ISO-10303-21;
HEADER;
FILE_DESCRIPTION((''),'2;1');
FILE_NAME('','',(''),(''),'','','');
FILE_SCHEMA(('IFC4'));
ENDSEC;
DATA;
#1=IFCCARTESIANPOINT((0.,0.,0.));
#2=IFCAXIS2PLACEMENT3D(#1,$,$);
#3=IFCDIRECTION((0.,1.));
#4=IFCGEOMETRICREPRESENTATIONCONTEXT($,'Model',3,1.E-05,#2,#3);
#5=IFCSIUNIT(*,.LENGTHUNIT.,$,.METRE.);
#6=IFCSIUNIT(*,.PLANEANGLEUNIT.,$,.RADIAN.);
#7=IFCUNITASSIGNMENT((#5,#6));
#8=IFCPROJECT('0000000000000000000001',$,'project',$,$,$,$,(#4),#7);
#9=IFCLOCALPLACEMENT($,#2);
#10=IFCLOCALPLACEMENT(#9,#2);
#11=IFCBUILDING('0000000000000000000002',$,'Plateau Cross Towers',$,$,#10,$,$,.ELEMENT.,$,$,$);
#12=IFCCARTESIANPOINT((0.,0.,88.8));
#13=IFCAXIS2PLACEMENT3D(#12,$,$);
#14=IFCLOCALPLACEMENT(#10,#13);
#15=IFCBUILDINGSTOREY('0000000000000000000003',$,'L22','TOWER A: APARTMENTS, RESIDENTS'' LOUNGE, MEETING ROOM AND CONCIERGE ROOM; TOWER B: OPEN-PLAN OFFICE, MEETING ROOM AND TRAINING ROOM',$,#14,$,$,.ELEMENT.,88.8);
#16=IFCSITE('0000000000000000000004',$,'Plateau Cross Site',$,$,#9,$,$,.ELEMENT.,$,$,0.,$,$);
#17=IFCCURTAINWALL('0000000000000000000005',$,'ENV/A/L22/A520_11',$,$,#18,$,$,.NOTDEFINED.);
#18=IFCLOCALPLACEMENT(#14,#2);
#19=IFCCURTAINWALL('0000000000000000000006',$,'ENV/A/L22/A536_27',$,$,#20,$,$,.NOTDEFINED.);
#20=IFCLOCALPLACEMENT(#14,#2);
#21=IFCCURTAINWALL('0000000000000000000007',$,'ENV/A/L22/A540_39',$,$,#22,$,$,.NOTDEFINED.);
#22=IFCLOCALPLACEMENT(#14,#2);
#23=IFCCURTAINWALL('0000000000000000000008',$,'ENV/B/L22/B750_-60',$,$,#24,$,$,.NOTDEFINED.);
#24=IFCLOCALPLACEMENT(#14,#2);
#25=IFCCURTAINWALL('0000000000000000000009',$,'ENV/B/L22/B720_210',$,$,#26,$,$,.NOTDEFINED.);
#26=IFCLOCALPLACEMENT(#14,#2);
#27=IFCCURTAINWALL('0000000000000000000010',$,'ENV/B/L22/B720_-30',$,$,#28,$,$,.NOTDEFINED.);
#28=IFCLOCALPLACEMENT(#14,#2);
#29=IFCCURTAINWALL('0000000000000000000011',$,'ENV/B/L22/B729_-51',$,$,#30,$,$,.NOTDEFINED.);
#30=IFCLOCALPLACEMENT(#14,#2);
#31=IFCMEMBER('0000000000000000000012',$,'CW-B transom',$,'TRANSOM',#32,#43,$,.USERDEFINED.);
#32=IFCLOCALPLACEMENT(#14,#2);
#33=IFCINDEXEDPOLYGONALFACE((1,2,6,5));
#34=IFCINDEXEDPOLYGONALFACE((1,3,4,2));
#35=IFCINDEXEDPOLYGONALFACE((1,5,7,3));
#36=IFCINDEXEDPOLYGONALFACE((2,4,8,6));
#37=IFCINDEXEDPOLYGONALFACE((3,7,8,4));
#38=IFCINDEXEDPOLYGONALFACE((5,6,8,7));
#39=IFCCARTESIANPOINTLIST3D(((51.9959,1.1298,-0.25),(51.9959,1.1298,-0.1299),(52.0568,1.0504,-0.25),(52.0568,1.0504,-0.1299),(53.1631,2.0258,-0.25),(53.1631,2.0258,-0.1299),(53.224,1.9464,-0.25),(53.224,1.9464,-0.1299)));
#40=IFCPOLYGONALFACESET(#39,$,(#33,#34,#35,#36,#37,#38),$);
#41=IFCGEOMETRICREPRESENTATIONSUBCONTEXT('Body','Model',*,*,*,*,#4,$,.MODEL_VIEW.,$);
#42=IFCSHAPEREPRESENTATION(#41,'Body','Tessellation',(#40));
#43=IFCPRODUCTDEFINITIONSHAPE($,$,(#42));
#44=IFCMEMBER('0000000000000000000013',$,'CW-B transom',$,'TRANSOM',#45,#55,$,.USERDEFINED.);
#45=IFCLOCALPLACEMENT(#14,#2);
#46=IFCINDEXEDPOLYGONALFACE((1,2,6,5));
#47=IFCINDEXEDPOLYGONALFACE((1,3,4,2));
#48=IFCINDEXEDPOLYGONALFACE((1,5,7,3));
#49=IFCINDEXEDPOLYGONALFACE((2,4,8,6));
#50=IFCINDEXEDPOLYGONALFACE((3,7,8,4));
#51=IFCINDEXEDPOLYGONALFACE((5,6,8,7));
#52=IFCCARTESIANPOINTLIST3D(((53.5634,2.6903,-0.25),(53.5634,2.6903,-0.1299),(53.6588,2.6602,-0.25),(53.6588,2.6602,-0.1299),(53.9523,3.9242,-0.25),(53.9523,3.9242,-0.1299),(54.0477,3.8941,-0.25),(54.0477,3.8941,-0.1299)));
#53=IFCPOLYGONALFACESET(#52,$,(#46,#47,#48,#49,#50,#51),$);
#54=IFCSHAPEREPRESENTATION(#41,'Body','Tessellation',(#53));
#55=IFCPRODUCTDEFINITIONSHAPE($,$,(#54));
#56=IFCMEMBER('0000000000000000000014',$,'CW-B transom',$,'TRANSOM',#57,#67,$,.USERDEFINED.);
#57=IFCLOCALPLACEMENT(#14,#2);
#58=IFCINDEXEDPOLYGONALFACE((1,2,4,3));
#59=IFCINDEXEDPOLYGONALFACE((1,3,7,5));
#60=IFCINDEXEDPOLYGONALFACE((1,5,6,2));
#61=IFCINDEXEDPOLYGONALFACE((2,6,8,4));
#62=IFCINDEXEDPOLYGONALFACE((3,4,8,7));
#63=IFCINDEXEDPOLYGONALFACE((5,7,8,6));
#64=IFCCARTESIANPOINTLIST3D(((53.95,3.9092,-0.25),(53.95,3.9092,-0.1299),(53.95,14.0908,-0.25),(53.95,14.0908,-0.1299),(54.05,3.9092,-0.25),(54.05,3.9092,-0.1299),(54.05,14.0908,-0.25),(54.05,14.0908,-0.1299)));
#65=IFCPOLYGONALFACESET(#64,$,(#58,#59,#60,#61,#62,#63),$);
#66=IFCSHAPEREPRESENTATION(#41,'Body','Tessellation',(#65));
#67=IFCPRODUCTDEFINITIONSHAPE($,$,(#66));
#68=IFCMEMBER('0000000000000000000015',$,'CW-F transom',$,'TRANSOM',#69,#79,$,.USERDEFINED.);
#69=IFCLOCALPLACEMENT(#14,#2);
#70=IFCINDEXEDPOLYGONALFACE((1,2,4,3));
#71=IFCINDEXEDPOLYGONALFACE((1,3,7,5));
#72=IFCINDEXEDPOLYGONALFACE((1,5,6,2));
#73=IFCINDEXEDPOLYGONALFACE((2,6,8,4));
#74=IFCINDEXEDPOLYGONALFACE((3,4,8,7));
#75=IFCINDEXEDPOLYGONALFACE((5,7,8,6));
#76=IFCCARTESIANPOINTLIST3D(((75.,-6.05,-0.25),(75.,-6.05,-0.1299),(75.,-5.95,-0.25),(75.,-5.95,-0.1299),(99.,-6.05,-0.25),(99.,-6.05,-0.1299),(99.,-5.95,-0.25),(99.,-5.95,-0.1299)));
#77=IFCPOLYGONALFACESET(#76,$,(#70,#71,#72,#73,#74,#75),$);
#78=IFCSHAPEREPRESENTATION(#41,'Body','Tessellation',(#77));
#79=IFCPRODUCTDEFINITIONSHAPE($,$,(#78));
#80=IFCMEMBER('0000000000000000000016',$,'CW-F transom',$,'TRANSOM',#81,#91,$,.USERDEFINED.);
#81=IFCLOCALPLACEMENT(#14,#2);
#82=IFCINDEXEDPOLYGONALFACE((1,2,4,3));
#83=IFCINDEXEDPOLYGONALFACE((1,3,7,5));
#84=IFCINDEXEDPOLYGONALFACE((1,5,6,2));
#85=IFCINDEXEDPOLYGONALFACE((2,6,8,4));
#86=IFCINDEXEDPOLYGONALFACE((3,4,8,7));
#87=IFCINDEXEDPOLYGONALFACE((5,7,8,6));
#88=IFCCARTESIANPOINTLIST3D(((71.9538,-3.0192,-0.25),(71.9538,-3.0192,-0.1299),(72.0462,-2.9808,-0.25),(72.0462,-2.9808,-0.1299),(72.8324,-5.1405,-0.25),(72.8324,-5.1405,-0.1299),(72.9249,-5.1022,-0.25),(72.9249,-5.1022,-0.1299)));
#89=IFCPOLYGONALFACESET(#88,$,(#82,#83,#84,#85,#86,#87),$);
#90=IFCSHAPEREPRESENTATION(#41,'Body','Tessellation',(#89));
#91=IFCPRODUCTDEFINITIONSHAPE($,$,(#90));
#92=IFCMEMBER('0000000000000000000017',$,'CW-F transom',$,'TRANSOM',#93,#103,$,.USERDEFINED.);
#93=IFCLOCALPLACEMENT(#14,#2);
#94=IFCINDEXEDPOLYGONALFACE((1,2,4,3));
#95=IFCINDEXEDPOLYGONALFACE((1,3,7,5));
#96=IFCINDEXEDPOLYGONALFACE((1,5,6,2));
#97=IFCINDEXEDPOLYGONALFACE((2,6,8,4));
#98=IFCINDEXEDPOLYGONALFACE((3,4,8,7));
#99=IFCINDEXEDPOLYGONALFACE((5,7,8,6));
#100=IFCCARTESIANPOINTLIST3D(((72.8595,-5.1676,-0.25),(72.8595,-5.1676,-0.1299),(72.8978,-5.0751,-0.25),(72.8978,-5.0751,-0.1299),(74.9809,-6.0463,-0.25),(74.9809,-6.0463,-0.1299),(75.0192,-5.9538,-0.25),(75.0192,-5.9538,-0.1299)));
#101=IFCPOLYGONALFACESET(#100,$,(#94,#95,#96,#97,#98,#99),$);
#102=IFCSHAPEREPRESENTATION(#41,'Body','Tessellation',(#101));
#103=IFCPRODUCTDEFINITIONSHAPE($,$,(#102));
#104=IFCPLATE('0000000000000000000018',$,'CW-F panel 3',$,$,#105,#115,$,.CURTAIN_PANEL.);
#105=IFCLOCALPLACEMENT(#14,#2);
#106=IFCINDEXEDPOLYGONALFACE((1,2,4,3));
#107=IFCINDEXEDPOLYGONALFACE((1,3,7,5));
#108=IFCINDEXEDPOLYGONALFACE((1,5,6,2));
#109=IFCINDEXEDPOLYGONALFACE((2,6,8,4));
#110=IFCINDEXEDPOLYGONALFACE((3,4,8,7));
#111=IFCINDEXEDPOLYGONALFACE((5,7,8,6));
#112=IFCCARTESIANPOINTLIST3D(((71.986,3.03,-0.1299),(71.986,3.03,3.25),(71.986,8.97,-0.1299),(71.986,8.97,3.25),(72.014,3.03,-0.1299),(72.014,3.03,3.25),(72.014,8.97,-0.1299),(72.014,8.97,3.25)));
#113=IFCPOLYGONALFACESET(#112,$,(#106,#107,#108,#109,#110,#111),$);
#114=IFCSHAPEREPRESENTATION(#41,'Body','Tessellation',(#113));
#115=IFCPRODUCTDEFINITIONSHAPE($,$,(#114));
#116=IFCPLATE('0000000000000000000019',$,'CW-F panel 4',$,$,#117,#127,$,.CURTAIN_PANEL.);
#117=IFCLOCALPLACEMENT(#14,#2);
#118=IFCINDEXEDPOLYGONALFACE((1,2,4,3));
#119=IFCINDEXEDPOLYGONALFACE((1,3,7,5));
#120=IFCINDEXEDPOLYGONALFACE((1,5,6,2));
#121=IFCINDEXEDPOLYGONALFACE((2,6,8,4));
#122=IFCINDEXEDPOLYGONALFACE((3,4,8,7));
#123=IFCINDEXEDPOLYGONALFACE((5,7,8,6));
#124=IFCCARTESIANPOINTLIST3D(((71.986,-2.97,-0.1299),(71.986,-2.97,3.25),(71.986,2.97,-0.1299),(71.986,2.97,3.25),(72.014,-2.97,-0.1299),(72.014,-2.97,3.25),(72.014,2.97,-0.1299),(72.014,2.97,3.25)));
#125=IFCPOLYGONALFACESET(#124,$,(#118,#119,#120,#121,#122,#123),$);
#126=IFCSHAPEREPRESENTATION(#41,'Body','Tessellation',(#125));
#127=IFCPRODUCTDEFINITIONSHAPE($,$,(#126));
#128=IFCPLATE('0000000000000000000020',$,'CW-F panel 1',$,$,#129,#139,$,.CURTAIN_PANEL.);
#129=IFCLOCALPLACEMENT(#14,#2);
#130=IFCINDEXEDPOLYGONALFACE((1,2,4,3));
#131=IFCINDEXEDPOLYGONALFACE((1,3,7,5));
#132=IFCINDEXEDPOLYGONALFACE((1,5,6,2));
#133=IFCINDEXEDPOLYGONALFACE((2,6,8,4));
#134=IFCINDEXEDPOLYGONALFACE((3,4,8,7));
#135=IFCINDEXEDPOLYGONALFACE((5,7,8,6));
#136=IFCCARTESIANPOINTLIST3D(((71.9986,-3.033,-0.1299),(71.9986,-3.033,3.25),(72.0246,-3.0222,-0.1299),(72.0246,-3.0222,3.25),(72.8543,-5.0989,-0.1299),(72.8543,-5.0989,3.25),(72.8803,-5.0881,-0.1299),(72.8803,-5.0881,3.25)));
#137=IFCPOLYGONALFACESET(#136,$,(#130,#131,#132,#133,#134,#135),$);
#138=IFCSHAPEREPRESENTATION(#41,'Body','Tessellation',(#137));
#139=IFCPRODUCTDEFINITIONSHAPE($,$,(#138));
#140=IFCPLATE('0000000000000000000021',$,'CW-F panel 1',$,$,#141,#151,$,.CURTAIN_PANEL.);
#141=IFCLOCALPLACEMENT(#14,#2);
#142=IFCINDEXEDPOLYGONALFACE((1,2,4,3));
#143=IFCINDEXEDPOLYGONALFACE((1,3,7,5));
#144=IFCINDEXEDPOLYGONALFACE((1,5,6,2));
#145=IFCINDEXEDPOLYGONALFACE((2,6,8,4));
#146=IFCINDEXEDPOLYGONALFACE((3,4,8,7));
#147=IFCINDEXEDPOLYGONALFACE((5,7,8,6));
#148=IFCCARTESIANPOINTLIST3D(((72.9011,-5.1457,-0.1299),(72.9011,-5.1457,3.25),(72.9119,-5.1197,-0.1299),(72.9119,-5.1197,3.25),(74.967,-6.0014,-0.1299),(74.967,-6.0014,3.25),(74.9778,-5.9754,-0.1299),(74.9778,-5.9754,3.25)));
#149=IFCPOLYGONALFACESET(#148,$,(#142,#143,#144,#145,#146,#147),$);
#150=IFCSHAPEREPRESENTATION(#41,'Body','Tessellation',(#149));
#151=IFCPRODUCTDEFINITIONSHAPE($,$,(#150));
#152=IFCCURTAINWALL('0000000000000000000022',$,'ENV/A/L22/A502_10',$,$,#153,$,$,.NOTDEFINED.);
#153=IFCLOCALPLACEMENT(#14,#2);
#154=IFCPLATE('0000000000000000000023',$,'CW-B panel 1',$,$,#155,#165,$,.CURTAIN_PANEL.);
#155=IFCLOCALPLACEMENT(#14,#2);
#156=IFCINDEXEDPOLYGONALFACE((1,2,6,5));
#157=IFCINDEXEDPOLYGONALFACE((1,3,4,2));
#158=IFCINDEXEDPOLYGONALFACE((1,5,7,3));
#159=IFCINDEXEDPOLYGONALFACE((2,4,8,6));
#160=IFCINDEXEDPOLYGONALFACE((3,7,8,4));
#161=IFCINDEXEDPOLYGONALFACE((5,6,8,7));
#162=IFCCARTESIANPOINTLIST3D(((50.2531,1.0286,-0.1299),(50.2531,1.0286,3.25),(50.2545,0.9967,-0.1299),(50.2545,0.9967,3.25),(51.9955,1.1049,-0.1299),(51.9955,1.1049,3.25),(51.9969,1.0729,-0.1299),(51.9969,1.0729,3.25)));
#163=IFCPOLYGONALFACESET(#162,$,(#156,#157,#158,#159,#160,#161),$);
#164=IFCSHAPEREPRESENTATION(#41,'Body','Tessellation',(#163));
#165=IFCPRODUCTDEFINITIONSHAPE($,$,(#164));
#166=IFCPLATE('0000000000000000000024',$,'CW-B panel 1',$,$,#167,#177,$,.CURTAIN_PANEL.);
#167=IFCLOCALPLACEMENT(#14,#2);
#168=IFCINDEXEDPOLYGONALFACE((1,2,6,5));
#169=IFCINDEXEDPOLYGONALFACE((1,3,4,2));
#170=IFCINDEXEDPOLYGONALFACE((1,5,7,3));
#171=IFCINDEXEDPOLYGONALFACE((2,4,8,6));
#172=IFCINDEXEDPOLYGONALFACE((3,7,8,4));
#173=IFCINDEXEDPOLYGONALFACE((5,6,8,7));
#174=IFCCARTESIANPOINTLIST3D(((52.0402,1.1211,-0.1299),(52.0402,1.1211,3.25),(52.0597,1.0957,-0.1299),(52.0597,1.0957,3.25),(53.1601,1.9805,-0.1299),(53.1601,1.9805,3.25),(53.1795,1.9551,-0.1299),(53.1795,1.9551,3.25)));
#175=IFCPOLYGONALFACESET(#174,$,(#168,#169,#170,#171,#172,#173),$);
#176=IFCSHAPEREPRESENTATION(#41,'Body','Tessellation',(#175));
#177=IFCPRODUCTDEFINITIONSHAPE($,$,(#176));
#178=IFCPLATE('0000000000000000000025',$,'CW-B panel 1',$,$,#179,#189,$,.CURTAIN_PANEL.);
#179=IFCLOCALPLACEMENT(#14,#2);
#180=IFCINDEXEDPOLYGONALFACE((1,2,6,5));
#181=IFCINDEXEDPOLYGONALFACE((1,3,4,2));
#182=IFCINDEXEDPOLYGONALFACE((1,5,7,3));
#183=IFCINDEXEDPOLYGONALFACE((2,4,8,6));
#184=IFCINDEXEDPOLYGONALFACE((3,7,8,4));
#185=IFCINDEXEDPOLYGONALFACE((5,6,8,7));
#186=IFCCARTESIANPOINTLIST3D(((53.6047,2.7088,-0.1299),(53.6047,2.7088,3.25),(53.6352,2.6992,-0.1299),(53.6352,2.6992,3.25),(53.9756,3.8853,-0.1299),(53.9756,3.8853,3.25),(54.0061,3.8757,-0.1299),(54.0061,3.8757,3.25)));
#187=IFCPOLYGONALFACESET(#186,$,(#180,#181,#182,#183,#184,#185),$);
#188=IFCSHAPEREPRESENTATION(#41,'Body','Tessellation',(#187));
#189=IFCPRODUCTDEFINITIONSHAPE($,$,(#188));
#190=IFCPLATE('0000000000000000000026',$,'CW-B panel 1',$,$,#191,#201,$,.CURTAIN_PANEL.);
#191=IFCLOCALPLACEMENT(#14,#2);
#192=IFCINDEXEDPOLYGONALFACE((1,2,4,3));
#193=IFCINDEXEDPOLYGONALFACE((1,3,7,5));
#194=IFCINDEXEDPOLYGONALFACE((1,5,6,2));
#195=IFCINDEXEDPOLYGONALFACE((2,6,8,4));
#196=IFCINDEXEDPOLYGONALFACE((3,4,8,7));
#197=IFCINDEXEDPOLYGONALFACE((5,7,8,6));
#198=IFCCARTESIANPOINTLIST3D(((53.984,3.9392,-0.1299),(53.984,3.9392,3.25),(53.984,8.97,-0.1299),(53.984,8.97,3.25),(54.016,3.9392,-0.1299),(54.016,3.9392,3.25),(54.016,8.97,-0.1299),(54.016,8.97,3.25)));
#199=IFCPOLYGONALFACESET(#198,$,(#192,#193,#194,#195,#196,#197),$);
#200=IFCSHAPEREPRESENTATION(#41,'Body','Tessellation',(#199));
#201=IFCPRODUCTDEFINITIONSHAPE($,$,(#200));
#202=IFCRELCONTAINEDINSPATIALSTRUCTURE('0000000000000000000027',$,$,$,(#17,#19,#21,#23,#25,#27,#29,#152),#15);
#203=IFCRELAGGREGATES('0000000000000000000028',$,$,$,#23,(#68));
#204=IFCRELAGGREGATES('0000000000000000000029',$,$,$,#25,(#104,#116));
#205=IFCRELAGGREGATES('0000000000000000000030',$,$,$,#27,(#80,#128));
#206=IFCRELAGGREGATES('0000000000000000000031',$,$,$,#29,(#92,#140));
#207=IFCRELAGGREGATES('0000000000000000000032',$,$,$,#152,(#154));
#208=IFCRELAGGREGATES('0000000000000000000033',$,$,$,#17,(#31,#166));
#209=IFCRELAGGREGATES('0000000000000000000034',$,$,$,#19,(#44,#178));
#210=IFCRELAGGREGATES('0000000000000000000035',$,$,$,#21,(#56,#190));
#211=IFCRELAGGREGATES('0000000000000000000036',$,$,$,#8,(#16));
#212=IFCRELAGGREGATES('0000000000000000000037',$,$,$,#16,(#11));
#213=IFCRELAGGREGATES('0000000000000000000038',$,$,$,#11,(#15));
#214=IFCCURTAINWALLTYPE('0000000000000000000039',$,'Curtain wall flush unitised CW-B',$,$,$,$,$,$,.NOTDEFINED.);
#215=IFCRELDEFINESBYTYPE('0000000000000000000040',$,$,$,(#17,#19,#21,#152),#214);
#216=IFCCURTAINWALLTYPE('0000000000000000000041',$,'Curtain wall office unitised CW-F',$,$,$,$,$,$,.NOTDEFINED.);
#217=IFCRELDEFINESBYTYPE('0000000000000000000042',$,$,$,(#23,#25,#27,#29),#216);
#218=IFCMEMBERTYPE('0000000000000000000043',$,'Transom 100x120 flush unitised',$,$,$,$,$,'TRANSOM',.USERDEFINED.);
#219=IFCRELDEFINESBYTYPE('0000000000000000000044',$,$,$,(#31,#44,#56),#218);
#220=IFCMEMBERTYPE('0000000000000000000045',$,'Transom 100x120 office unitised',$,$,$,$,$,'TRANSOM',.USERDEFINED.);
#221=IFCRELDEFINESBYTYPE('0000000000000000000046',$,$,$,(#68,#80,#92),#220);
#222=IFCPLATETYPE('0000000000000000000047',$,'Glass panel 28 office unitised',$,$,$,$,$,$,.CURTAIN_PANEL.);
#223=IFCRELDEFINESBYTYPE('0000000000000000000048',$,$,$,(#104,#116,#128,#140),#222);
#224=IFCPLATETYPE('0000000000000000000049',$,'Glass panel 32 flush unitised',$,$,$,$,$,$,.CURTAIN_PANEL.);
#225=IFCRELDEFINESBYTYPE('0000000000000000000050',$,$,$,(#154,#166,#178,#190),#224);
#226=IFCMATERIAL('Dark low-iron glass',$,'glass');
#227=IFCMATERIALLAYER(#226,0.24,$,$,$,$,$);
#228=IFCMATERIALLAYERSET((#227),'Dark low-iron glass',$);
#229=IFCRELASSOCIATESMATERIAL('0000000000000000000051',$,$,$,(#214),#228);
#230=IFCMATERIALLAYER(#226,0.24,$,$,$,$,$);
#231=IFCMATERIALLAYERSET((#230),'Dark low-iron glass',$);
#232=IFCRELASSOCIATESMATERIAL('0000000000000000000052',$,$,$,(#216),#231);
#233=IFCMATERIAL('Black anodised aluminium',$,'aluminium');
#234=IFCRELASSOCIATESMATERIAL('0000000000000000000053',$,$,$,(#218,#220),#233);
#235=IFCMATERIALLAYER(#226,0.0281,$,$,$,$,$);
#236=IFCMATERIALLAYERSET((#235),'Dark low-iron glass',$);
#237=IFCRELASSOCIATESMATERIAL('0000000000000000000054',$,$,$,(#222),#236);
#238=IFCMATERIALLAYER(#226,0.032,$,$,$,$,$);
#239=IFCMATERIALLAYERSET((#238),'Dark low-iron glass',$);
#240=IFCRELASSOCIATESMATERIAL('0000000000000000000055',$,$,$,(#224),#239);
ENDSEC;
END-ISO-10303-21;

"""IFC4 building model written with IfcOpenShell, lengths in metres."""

from ifc_helpers import new_model, si_unit, direction, frame, origin, origin_2d, place, context, subcontext, project, spatial, rectangle, extrude, material, layer, layer_set, material_profile, profile_set, type_object, element, aggregate, save


model = new_model("IFC4")

# Units and contexts
model_context = context("Model", 3, precision=1e-05, world=origin(), true_north=direction((0.0, 1.0)))
body_context = subcontext(model_context, "Body", "Model", "MODEL_VIEW")
ifc_project = project(units=[si_unit("LENGTHUNIT", "METRE"), si_unit("PLANEANGLEUNIT", "RADIAN")], contexts=[model_context])

# Site, building, storey
site_placement = place(None, origin())
site = spatial("IfcSite", under=ifc_project, at=site_placement, Name="Plateau Cross Site", CompositionType="ELEMENT", RefElevation=0.0)
building_placement = place(site_placement, origin())
building = spatial("IfcBuilding", under=site, at=building_placement, Name="Plateau Cross Towers", CompositionType="ELEMENT")
storey_placement = place(building_placement, frame((0.0, 0.0, 88.8)))
storey = spatial("IfcBuildingStorey", under=building, at=storey_placement, Name="L22", Description="TOWER A: APARTMENTS, RESIDENTS' LOUNGE, MEETING ROOM AND CONCIERGE ROOM; TOWER B: OPEN-PLAN OFFICE, MEETING ROOM AND TRAINING ROOM", CompositionType="ELEMENT", Elevation=88.8)

# Curtain wall
ifc_material_1 = material(Name="Dark low-iron glass", Category="glass")
ifc_layer_1 = layer(ifc_material_1, 0.24)
ifc_layer_set_1 = layer_set([ifc_layer_1], Name="Dark low-iron glass")
curtain_wall_type_1 = type_object("IfcCurtainWallType", Name="Curtain wall flush unitised CW-B", PredefinedType="NOTDEFINED", material=ifc_layer_set_1)
curtain_wall_1_placement = place(storey_placement, origin())
curtain_wall_1 = element("IfcCurtainWall", 1, at=curtain_wall_1_placement, inside=storey, type_object=curtain_wall_type_1, Name="ENV/A/L22/A520_11", PredefinedType="NOTDEFINED")
ifc_material_2 = material(Name="Black anodised aluminium", Category="aluminium")

# Curtain wall
curtain_wall_2_placement = place(storey_placement, origin())
curtain_wall_2 = element("IfcCurtainWall", 2, at=curtain_wall_2_placement, inside=storey, type_object=curtain_wall_type_1, Name="ENV/A/L22/A536_27", PredefinedType="NOTDEFINED")

# Curtain wall
curtain_wall_3_placement = place(storey_placement, origin())
curtain_wall_3 = element("IfcCurtainWall", 3, at=curtain_wall_3_placement, inside=storey, type_object=curtain_wall_type_1, Name="ENV/A/L22/A540_39", PredefinedType="NOTDEFINED")

# Curtain wall
ifc_layer_2 = layer(ifc_material_1, 0.24)
ifc_layer_set_2 = layer_set([ifc_layer_2], Name="Dark low-iron glass")
curtain_wall_type_2 = type_object("IfcCurtainWallType", Name="Curtain wall office unitised CW-F", PredefinedType="NOTDEFINED", material=ifc_layer_set_2)
curtain_wall_4_placement = place(storey_placement, origin())
curtain_wall_4 = element("IfcCurtainWall", 4, at=curtain_wall_4_placement, inside=storey, type_object=curtain_wall_type_2, Name="ENV/B/L22/B750_-60", PredefinedType="NOTDEFINED")

# Curtain wall
curtain_wall_5_placement = place(storey_placement, origin())
curtain_wall_5 = element("IfcCurtainWall", 5, at=curtain_wall_5_placement, inside=storey, type_object=curtain_wall_type_2, Name="ENV/B/L22/B720_210", PredefinedType="NOTDEFINED")

# Curtain walls
curtain_wall_6_placement = place(storey_placement, origin())
curtain_wall_6 = element("IfcCurtainWall", 6, at=curtain_wall_6_placement, inside=storey, type_object=curtain_wall_type_2, Name="ENV/B/L22/B720_-30", PredefinedType="NOTDEFINED")
curtain_wall_7_placement = place(storey_placement, origin())
curtain_wall_7 = element("IfcCurtainWall", 7, at=curtain_wall_7_placement, inside=storey, type_object=curtain_wall_type_2, Name="ENV/B/L22/B729_-51", PredefinedType="NOTDEFINED")

# Members
ifc_material_profile_1 = material_profile(ifc_material_2, rectangle(XDim=0.1001, YDim=0.1201, at=origin_2d()), Name="TRANSOM 100x120")
ifc_profile_set_1 = profile_set([ifc_material_profile_1], Name="Black anodised aluminium")
member_type_1 = type_object("IfcMemberType", Name="Transom 100x120 flush unitised", ElementType="TRANSOM", PredefinedType="USERDEFINED", material=ifc_profile_set_1)
member_1_placement = place(storey_placement, frame((52.0264, 1.0901, -0.1899), z_axis=(0.79324, 0.608909, 0.0), x_axis=(-0.608909, 0.79324, 0.0)))
member_1 = element("IfcMember", 8, at=member_1_placement, type_object=member_type_1, Name="CW-B transom", ObjectType="TRANSOM", PredefinedType="USERDEFINED", context=body_context, shape_type="SweptSolid", body=[
    extrude(rectangle(XDim=0.1001, YDim=0.1201, at=origin_2d()), origin(), (0.0, 0.0, 1.0), 1.4714),
])
member_2_placement = place(storey_placement, frame((53.6111, 2.6753, -0.1899), z_axis=(0.300617, 0.953745, 0.0), x_axis=(-0.953745, 0.300617, 0.0)))
member_2 = element("IfcMember", 9, at=member_2_placement, type_object=member_type_1, Name="CW-B transom", ObjectType="TRANSOM", PredefinedType="USERDEFINED", context=body_context, shape_type="SweptSolid", body=[
    extrude(rectangle(XDim=0.1001, YDim=0.1201, at=origin_2d()), origin(), (0.0, 0.0, 1.0), 1.2937),
])
member_3_placement = place(storey_placement, frame((54.0, 3.9092, -0.1899), z_axis=(0.0, 1.0, 0.0), x_axis=(-1.0, 0.0, 0.0)))
member_3 = element("IfcMember", 10, at=member_3_placement, type_object=member_type_1, Name="CW-B transom", ObjectType="TRANSOM", PredefinedType="USERDEFINED", context=body_context, shape_type="SweptSolid", body=[
    extrude(rectangle(XDim=0.1001, YDim=0.1201, at=origin_2d()), origin(), (0.0, 0.0, 1.0), 10.1816),
])
ifc_material_profile_2 = material_profile(ifc_material_2, rectangle(XDim=0.1001, YDim=0.1201, at=origin_2d()), Name="TRANSOM 100x120")
ifc_profile_set_2 = profile_set([ifc_material_profile_2], Name="Black anodised aluminium")
member_type_2 = type_object("IfcMemberType", Name="Transom 100x120 office unitised", ElementType="TRANSOM", PredefinedType="USERDEFINED", material=ifc_profile_set_2)
member_4_placement = place(storey_placement, frame((75.0, -6.0, -0.1899), z_axis=(1.0, 0.0, 0.0), x_axis=(0.0, 1.0, 0.0)))
member_4 = element("IfcMember", 11, at=member_4_placement, type_object=member_type_2, Name="CW-F transom", ObjectType="TRANSOM", PredefinedType="USERDEFINED", context=body_context, shape_type="SweptSolid", body=[
    extrude(rectangle(XDim=0.1001, YDim=0.1201, at=origin_2d()), origin(), (0.0, 0.0, 1.0), 24.0),
])
aggregate(curtain_wall_4, [member_4])
member_5_placement = place(storey_placement, frame((72.0, -3.0, -0.1899), z_axis=(0.382674, -0.923883, 0.0), x_axis=(0.923883, 0.382674, 0.0)))
member_5 = element("IfcMember", 12, at=member_5_placement, type_object=member_type_2, Name="CW-F transom", ObjectType="TRANSOM", PredefinedType="USERDEFINED", context=body_context, shape_type="SweptSolid", body=[
    extrude(rectangle(XDim=0.1001, YDim=0.1201, at=origin_2d()), origin(), (0.0, 0.0, 1.0), 2.2961),
])
member_6_placement = place(storey_placement, frame((72.8787, -5.1213, -0.1899), z_axis=(0.923883, -0.382674, 0.0), x_axis=(0.382674, 0.923883, 0.0)))
member_6 = element("IfcMember", 13, at=member_6_placement, type_object=member_type_2, Name="CW-F transom", ObjectType="TRANSOM", PredefinedType="USERDEFINED", context=body_context, shape_type="SweptSolid", body=[
    extrude(rectangle(XDim=0.1001, YDim=0.1201, at=origin_2d()), origin(), (0.0, 0.0, 1.0), 2.2961),
])

# Plates
ifc_layer_3 = layer(ifc_material_1, 0.0281)
ifc_layer_set_3 = layer_set([ifc_layer_3], Name="Dark low-iron glass")
plate_type_1 = type_object("IfcPlateType", Name="Glass panel 28 office unitised", PredefinedType="CURTAIN_PANEL", material=ifc_layer_set_3)
plate_1_placement = place(storey_placement, frame((72.0, 6.0, -0.1299), z_axis=(0.0, 0.0, 1.0), x_axis=(0.0, -1.0, 0.0)))
plate_1 = element("IfcPlate", 14, at=plate_1_placement, type_object=plate_type_1, Name="CW-F panel 3", PredefinedType="CURTAIN_PANEL", context=body_context, shape_type="SweptSolid", body=[
    extrude(rectangle(XDim=5.9399, YDim=0.0281, at=origin_2d()), origin(), (0.0, 0.0, 1.0), 3.3799),
])
plate_2_placement = place(storey_placement, frame((72.0, 0.0, -0.1299), z_axis=(0.0, 0.0, 1.0), x_axis=(0.0, -1.0, 0.0)))
plate_2 = element("IfcPlate", 15, at=plate_2_placement, type_object=plate_type_1, Name="CW-F panel 4", PredefinedType="CURTAIN_PANEL", context=body_context, shape_type="SweptSolid", body=[
    extrude(rectangle(XDim=5.9399, YDim=0.0281, at=origin_2d()), origin(), (0.0, 0.0, 1.0), 3.3799),
])
aggregate(curtain_wall_5, [plate_1, plate_2])
plate_3_placement = place(storey_placement, frame((72.4395, -4.0605, -0.1299), z_axis=(0.0, 0.0, 1.0), x_axis=(0.382684, -0.923879, 0.0)))
plate_3 = element("IfcPlate", 16, at=plate_3_placement, type_object=plate_type_1, Name="CW-F panel 1", PredefinedType="CURTAIN_PANEL", context=body_context, shape_type="SweptSolid", body=[
    extrude(rectangle(XDim=2.2361, YDim=0.0281, at=origin_2d()), origin(), (0.0, 0.0, 1.0), 3.3799),
])
aggregate(curtain_wall_6, [member_5, plate_3])
plate_4_placement = place(storey_placement, frame((73.9395, -5.5605, -0.1299), z_axis=(0.0, 0.0, 1.0), x_axis=(0.923879, -0.382684, 0.0)))
plate_4 = element("IfcPlate", 17, at=plate_4_placement, type_object=plate_type_1, Name="CW-F panel 1", PredefinedType="CURTAIN_PANEL", context=body_context, shape_type="SweptSolid", body=[
    extrude(rectangle(XDim=2.2361, YDim=0.0281, at=origin_2d()), origin(), (0.0, 0.0, 1.0), 3.3799),
])
aggregate(curtain_wall_7, [member_6, plate_4])

# Curtain wall, plate
curtain_wall_8_placement = place(storey_placement, origin())
curtain_wall_8 = element("IfcCurtainWall", 18, at=curtain_wall_8_placement, inside=storey, type_object=curtain_wall_type_1, Name="ENV/A/L22/A502_10", PredefinedType="NOTDEFINED")
ifc_layer_4 = layer(ifc_material_1, 0.032)
ifc_layer_set_4 = layer_set([ifc_layer_4], Name="Dark low-iron glass")
plate_type_2 = type_object("IfcPlateType", Name="Glass panel 32 flush unitised", PredefinedType="CURTAIN_PANEL", material=ifc_layer_set_4)
plate_5_placement = place(storey_placement, frame((51.125, 1.0508, -0.1299), z_axis=(0.0, 0.0, 1.0), x_axis=(0.999044, 0.043723, 0.0)))
plate_5 = element("IfcPlate", 19, at=plate_5_placement, type_object=plate_type_2, Name="CW-B panel 1", PredefinedType="CURTAIN_PANEL", context=body_context, shape_type="SweptSolid", body=[
    extrude(rectangle(XDim=1.7441, YDim=0.032, at=origin_2d()), origin(), (0.0, 0.0, 1.0), 3.3799),
])
aggregate(curtain_wall_8, [plate_5])

# Plates
plate_6_placement = place(storey_placement, frame((52.6099, 1.5381, -0.1299), z_axis=(0.0, 0.0, 1.0), x_axis=(0.793316, 0.608811, 0.0)))
plate_6 = element("IfcPlate", 20, at=plate_6_placement, type_object=plate_type_2, Name="CW-B panel 1", PredefinedType="CURTAIN_PANEL", context=body_context, shape_type="SweptSolid", body=[
    extrude(rectangle(XDim=1.4116, YDim=0.032, at=origin_2d()), origin(), (0.0, 0.0, 1.0), 3.3799),
])
aggregate(curtain_wall_1, [member_1, plate_6])
plate_7_placement = place(storey_placement, frame((53.8054, 3.2922, -0.1299), z_axis=(0.0, 0.0, 1.0), x_axis=(0.300686, 0.953723, 0.0)))
plate_7 = element("IfcPlate", 21, at=plate_7_placement, type_object=plate_type_2, Name="CW-B panel 1", PredefinedType="CURTAIN_PANEL", context=body_context, shape_type="SweptSolid", body=[
    extrude(rectangle(XDim=1.2336, YDim=0.032, at=origin_2d()), origin(), (0.0, 0.0, 1.0), 3.3799),
])
aggregate(curtain_wall_2, [member_2, plate_7])
plate_8_placement = place(storey_placement, frame((54.0, 6.4546, -0.1299), z_axis=(0.0, 0.0, 1.0), x_axis=(0.0, 1.0, 0.0)))
plate_8 = element("IfcPlate", 22, at=plate_8_placement, type_object=plate_type_2, Name="CW-B panel 1", PredefinedType="CURTAIN_PANEL", context=body_context, shape_type="SweptSolid", body=[
    extrude(rectangle(XDim=5.0308, YDim=0.032, at=origin_2d()), origin(), (0.0, 0.0, 1.0), 3.3799),
])
aggregate(curtain_wall_3, [member_3, plate_8])

save(model, "model.ifc")
